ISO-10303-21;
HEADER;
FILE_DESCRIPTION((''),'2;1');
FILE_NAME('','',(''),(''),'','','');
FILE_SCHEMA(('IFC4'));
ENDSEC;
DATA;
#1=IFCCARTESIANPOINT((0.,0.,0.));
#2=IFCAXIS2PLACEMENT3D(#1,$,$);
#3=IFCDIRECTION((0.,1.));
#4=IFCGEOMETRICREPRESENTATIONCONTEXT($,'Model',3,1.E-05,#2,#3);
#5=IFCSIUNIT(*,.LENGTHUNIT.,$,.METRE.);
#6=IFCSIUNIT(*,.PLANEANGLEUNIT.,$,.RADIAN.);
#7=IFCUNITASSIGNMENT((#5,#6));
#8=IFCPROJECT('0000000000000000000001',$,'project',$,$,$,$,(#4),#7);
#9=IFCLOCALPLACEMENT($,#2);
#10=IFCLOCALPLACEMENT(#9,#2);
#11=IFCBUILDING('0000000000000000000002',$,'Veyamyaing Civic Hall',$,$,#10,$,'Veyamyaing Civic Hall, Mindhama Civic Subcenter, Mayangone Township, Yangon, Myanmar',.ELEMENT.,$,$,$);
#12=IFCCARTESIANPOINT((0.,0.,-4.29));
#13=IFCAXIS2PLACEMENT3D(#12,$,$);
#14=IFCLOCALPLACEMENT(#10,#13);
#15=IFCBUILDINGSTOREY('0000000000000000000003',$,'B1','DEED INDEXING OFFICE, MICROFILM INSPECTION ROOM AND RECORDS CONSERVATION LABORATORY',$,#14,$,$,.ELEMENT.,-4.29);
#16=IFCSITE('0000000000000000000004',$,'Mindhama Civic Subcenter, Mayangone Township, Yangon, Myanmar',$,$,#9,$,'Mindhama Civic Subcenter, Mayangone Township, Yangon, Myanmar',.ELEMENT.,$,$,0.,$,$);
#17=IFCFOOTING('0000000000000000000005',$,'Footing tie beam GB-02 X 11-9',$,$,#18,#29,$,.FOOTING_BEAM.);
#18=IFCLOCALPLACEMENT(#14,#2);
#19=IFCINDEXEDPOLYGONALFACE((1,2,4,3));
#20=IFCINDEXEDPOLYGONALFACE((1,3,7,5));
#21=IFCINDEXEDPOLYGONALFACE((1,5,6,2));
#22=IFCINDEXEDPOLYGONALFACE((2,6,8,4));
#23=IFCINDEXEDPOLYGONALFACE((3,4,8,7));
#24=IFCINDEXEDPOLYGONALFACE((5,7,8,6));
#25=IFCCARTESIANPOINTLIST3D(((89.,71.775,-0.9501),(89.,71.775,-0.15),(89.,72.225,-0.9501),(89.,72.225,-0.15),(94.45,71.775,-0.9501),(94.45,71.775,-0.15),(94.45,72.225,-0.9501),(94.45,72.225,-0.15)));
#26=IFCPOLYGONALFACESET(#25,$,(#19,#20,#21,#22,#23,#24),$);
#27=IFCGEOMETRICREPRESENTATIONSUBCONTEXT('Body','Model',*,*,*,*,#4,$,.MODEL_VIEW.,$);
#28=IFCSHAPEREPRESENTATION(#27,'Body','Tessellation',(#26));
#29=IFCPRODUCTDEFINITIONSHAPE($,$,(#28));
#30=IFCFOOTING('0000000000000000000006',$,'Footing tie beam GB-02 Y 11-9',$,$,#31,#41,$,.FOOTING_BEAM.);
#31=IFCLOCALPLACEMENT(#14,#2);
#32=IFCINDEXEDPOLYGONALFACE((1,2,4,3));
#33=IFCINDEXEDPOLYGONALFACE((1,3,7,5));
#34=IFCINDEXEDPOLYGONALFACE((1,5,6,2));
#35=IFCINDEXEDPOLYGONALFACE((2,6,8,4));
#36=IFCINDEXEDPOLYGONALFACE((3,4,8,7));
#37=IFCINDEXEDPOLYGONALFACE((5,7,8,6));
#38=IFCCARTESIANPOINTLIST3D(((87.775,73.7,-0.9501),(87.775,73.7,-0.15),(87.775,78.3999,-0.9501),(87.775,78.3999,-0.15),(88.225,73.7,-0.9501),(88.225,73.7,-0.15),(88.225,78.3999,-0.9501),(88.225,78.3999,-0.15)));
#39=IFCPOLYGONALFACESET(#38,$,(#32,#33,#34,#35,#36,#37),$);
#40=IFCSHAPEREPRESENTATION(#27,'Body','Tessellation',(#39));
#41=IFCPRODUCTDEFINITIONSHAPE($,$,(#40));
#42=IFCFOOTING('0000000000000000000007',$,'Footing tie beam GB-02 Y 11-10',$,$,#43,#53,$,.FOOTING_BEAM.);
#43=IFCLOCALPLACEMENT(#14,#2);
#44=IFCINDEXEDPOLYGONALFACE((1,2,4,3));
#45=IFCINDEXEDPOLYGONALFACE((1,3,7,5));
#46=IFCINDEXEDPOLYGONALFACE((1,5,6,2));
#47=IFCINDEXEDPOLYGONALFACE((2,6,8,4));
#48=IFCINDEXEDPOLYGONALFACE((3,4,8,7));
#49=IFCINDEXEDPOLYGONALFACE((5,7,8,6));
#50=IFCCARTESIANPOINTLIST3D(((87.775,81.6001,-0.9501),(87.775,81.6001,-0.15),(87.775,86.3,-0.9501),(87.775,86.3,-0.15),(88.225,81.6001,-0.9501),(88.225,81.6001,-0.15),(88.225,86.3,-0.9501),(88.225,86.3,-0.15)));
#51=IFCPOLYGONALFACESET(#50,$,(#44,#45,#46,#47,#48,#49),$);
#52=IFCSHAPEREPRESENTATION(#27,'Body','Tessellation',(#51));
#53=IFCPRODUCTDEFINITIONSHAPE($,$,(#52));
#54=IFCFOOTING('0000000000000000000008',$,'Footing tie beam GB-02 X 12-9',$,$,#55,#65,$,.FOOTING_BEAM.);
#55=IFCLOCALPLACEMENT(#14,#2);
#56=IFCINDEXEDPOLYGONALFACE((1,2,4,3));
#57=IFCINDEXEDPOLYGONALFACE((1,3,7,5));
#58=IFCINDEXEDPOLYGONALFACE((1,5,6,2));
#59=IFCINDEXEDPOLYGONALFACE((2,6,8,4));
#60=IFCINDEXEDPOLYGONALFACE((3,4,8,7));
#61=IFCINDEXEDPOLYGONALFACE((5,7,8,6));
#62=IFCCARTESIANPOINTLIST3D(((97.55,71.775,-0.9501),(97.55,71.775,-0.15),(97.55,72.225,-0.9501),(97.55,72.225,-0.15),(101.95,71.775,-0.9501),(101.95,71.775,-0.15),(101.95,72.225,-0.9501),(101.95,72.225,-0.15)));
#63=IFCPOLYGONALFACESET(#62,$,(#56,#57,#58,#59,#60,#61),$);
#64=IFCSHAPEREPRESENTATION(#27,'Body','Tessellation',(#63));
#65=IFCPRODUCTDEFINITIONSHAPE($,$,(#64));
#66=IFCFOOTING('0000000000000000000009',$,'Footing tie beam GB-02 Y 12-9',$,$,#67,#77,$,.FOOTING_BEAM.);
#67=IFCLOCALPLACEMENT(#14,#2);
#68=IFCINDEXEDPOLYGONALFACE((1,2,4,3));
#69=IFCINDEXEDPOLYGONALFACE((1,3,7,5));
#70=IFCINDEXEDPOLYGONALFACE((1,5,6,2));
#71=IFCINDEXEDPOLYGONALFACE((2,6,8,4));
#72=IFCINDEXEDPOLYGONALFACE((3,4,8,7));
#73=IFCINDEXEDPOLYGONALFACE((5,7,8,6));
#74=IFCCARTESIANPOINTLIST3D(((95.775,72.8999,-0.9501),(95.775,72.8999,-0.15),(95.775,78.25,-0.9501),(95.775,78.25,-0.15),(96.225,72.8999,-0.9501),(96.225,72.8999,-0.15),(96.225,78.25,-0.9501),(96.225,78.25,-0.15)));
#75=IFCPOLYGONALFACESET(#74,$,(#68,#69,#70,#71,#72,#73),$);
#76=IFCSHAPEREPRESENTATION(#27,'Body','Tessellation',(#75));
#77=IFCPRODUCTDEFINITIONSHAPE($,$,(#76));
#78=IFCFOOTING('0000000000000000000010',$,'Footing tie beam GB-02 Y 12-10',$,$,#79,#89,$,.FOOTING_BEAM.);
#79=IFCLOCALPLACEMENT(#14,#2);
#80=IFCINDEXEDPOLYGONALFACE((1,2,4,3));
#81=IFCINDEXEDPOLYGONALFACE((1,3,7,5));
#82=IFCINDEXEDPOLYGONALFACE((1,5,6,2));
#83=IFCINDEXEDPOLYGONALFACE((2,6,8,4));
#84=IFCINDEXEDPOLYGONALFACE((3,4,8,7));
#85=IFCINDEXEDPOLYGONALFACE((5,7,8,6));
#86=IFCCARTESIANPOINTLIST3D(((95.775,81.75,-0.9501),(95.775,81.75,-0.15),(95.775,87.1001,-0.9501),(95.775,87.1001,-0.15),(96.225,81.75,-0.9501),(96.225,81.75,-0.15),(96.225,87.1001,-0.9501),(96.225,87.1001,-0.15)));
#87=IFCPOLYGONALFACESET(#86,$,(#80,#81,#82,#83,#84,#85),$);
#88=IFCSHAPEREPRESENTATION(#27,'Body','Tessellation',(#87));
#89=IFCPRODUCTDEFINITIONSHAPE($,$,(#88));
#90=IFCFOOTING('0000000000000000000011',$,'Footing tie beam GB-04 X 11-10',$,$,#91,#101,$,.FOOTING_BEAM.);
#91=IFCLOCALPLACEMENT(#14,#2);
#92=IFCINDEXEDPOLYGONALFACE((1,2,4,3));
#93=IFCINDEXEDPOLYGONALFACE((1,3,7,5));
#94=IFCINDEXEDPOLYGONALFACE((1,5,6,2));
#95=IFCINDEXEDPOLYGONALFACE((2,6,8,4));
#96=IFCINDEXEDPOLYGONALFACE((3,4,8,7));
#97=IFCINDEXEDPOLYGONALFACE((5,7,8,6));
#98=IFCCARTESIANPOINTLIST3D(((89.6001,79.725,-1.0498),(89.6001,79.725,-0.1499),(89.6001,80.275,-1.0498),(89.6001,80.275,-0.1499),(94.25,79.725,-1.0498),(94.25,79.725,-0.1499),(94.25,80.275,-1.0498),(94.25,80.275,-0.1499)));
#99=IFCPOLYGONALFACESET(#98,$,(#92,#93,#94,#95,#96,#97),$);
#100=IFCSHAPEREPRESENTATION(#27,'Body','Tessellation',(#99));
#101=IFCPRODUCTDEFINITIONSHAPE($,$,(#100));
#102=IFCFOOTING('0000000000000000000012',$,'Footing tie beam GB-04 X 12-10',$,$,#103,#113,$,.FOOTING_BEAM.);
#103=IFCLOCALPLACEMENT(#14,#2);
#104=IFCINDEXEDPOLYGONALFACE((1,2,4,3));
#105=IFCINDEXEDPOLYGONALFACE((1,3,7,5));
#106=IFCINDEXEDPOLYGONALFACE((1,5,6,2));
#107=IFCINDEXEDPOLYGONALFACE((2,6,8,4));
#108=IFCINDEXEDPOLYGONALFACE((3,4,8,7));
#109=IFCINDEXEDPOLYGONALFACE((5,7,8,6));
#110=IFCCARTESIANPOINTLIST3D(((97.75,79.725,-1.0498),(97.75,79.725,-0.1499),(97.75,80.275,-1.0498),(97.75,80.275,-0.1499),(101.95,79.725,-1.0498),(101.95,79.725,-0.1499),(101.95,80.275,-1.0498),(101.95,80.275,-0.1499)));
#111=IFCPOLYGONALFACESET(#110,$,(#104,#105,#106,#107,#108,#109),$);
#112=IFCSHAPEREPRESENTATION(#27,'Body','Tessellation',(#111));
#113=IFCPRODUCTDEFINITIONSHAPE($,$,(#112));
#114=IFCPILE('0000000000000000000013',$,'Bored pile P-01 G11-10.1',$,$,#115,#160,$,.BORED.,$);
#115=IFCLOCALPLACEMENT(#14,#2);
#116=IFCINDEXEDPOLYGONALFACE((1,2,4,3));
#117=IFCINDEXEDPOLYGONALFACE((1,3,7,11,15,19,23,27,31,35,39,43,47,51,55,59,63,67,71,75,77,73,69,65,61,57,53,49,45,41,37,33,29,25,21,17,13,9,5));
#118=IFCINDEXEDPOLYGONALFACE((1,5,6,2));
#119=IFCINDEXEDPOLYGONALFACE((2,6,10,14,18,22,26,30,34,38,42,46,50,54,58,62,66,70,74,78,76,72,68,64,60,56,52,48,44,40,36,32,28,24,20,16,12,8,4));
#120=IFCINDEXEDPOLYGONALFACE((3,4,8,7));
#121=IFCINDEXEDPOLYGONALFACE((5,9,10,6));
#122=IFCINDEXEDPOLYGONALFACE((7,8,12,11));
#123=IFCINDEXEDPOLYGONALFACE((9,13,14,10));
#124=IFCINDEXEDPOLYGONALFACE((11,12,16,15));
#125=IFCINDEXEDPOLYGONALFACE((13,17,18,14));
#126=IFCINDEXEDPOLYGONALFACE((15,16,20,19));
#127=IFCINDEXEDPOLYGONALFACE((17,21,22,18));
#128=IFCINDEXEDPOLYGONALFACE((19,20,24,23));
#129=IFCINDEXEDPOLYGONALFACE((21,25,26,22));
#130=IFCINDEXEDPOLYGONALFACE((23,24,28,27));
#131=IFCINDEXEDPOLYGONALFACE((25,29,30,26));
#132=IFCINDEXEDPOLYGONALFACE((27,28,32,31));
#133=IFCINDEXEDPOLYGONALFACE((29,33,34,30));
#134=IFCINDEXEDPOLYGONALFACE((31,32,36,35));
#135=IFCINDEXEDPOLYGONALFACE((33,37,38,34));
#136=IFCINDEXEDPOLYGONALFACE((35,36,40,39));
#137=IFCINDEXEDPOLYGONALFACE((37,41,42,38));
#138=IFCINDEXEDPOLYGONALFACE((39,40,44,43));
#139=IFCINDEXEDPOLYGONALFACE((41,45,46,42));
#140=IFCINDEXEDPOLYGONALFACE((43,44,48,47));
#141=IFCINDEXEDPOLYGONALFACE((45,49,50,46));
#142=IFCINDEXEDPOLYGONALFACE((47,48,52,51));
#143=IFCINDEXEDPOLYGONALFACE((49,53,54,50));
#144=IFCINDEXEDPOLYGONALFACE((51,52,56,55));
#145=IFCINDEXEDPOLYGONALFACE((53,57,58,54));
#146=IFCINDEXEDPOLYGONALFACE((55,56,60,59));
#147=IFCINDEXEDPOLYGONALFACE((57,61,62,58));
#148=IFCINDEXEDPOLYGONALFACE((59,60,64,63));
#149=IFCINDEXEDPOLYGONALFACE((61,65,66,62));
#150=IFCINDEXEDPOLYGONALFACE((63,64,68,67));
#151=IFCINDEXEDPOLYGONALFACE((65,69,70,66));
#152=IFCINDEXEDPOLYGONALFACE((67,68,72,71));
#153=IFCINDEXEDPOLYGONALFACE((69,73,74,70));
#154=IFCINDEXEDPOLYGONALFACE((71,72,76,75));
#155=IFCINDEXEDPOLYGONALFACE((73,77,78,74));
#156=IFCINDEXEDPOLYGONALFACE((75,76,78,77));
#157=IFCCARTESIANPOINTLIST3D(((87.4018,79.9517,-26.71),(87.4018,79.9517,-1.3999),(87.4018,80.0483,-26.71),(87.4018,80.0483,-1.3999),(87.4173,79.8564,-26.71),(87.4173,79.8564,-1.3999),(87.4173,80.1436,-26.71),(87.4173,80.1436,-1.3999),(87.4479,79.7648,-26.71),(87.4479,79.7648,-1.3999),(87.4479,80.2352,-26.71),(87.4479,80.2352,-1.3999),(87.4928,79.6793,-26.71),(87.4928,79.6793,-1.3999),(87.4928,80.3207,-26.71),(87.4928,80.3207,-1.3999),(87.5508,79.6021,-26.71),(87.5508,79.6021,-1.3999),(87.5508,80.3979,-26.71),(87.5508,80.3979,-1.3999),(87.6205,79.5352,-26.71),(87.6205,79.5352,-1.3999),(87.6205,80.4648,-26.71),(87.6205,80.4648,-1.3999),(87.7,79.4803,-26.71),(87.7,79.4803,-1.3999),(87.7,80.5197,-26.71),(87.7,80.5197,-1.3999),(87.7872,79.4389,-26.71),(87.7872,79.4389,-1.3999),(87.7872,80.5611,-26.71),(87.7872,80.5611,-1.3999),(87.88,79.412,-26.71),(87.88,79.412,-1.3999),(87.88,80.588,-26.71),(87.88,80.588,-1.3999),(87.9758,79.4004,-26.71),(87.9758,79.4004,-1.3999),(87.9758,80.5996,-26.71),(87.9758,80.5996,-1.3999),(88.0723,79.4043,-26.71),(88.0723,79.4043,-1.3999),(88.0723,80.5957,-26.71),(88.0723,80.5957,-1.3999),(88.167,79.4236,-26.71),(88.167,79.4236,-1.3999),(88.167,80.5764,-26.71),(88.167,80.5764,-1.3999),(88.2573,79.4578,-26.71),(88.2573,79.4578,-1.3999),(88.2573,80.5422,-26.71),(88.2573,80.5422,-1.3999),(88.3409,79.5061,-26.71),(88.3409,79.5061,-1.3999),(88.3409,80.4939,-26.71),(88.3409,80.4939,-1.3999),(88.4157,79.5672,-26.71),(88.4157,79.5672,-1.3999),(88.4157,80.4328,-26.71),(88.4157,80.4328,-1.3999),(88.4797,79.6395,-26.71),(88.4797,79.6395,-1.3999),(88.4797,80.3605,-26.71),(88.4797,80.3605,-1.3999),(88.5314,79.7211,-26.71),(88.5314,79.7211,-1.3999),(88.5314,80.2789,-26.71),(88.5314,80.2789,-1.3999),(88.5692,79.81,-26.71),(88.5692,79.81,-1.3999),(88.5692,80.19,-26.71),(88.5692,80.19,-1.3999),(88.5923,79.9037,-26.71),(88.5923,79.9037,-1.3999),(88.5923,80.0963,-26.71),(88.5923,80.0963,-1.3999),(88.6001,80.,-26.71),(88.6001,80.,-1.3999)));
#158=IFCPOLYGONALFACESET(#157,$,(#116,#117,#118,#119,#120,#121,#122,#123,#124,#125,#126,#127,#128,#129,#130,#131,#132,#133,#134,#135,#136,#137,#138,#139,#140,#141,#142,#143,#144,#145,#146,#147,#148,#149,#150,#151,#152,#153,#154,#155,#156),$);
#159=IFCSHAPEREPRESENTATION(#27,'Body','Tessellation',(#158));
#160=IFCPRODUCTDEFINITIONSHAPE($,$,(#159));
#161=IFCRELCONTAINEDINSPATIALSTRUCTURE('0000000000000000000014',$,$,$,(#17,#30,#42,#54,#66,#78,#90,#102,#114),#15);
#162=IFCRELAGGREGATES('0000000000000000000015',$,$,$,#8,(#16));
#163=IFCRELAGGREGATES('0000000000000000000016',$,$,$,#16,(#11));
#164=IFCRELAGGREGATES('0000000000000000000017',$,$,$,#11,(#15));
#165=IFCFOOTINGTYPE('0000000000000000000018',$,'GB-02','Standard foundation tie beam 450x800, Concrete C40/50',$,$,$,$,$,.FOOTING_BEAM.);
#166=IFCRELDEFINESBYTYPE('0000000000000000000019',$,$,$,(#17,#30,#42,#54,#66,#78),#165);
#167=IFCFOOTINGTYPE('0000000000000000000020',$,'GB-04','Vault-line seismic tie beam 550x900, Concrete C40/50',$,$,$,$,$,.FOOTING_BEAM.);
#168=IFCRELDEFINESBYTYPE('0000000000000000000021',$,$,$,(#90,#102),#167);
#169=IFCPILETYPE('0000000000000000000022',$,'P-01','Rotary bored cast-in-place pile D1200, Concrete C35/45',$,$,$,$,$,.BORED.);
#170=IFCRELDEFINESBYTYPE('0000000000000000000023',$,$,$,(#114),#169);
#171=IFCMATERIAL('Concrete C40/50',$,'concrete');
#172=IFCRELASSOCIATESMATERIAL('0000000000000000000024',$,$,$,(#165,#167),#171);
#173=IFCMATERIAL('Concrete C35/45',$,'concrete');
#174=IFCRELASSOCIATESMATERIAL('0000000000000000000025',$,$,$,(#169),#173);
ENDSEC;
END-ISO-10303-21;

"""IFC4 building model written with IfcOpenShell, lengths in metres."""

from ifc_helpers import new_model, si_unit, direction, frame, origin, origin_2d, place, context, subcontext, project, spatial, rectangle, circle, extrude, material, material_profile, profile_set, type_object, element, save


model = new_model("IFC4")

# Units and contexts
model_context = context("Model", 3, precision=1e-05, world=origin(), true_north=direction((0.0, 1.0)))
body_context = subcontext(model_context, "Body", "Model", "MODEL_VIEW")
ifc_project = project(units=[si_unit("LENGTHUNIT", "METRE"), si_unit("PLANEANGLEUNIT", "RADIAN")], contexts=[model_context])

# Site, building, storey
site_placement = place(None, origin())
site = spatial("IfcSite", under=ifc_project, at=site_placement, Name="Mindhama Civic Subcenter, Mayangone Township, Yangon, Myanmar", LongName="Mindhama Civic Subcenter, Mayangone Township, Yangon, Myanmar", CompositionType="ELEMENT", RefElevation=0.0)
building_placement = place(site_placement, origin())
building = spatial("IfcBuilding", under=site, at=building_placement, Name="Veyamyaing Civic Hall", LongName="Veyamyaing Civic Hall, Mindhama Civic Subcenter, Mayangone Township, Yangon, Myanmar", CompositionType="ELEMENT")
storey_placement = place(building_placement, frame((0.0, 0.0, -4.29)))
storey = spatial("IfcBuildingStorey", under=building, at=storey_placement, Name="B1", Description="DEED INDEXING OFFICE, MICROFILM INSPECTION ROOM AND RECORDS CONSERVATION LABORATORY", CompositionType="ELEMENT", Elevation=-4.29)

# Footings
ifc_material_1 = material(Name="Concrete C40/50", Category="concrete")
ifc_material_profile_1 = material_profile(ifc_material_1, rectangle(XDim=0.45, YDim=0.8, at=origin_2d()), Name="GB-450X800")
ifc_profile_set_1 = profile_set([ifc_material_profile_1], Name="Concrete C40/50")
footing_type_1 = type_object("IfcFootingType", Name="GB-02", Description="Standard foundation tie beam 450x800, Concrete C40/50", PredefinedType="FOOTING_BEAM", material=ifc_profile_set_1)
footing_1_placement = place(storey_placement, frame((89.0, 72.0, -0.55), z_axis=(1.0, 0.0, 0.0), x_axis=(0.0, 1.0, 0.0)))
element("IfcFooting", 1, at=footing_1_placement, inside=storey, type_object=footing_type_1, Name="Footing tie beam GB-02 X 11-9", PredefinedType="FOOTING_BEAM", context=body_context, shape_type="SweptSolid", body=[
    extrude(rectangle(XDim=0.45, YDim=0.8, at=origin_2d()), origin(), (0.0, 0.0, 1.0), 5.45),
])
for number, where, z_axis, x_axis, name in (
    (2, (88.0, 73.7, -0.55), (0.0, 1.0, 0.0), (-1.0, 0.0, 0.0), "Footing tie beam GB-02 Y 11-9"),
    (3, (88.0, 81.6001, -0.55), (0.0, 1.0, 0.0), (-1.0, 0.0, 0.0), "Footing tie beam GB-02 Y 11-10"),
):
    element("IfcFooting", number, at=place(storey_placement, frame(where, z_axis=z_axis, x_axis=x_axis)), inside=storey, type_object=footing_type_1, Name=name, PredefinedType="FOOTING_BEAM", context=body_context, shape_type="SweptSolid", body=[
        extrude(rectangle(XDim=0.45, YDim=0.8, at=origin_2d()), origin(), (0.0, 0.0, 1.0), 4.7),
    ])
footing_2_placement = place(storey_placement, frame((97.55, 72.0, -0.55), z_axis=(1.0, 0.0, 0.0), x_axis=(0.0, 1.0, 0.0)))
element("IfcFooting", 4, at=footing_2_placement, inside=storey, type_object=footing_type_1, Name="Footing tie beam GB-02 X 12-9", PredefinedType="FOOTING_BEAM", context=body_context, shape_type="SweptSolid", body=[
    extrude(rectangle(XDim=0.45, YDim=0.8, at=origin_2d()), origin(), (0.0, 0.0, 1.0), 4.3999),
])
for number, where, z_axis, x_axis, name in (
    (5, (96.0, 72.8999, -0.55), (0.0, 1.0, 0.0), (-1.0, 0.0, 0.0), "Footing tie beam GB-02 Y 12-9"),
    (6, (96.0, 81.75, -0.55), (0.0, 1.0, 0.0), (-1.0, 0.0, 0.0), "Footing tie beam GB-02 Y 12-10"),
):
    element("IfcFooting", number, at=place(storey_placement, frame(where, z_axis=z_axis, x_axis=x_axis)), inside=storey, type_object=footing_type_1, Name=name, PredefinedType="FOOTING_BEAM", context=body_context, shape_type="SweptSolid", body=[
        extrude(rectangle(XDim=0.45, YDim=0.8, at=origin_2d()), origin(), (0.0, 0.0, 1.0), 5.3501),
    ])
ifc_material_profile_2 = material_profile(ifc_material_1, rectangle(XDim=0.55, YDim=0.8999, at=origin_2d()), Name="GB-550X900")
ifc_profile_set_2 = profile_set([ifc_material_profile_2], Name="Concrete C40/50")
footing_type_2 = type_object("IfcFootingType", Name="GB-04", Description="Vault-line seismic tie beam 550x900, Concrete C40/50", PredefinedType="FOOTING_BEAM", material=ifc_profile_set_2)
footing_3_placement = place(storey_placement, frame((89.6001, 80.0, -0.5999), z_axis=(1.0, 0.0, 0.0), x_axis=(0.0, 1.0, 0.0)))
element("IfcFooting", 7, at=footing_3_placement, inside=storey, type_object=footing_type_2, Name="Footing tie beam GB-04 X 11-10", PredefinedType="FOOTING_BEAM", context=body_context, shape_type="SweptSolid", body=[
    extrude(rectangle(XDim=0.55, YDim=0.8999, at=origin_2d()), origin(), (0.0, 0.0, 1.0), 4.6499),
])
footing_4_placement = place(storey_placement, frame((97.75, 80.0, -0.5999), z_axis=(1.0, 0.0, 0.0), x_axis=(0.0, 1.0, 0.0)))
element("IfcFooting", 8, at=footing_4_placement, inside=storey, type_object=footing_type_2, Name="Footing tie beam GB-04 X 12-10", PredefinedType="FOOTING_BEAM", context=body_context, shape_type="SweptSolid", body=[
    extrude(rectangle(XDim=0.55, YDim=0.8999, at=origin_2d()), origin(), (0.0, 0.0, 1.0), 4.2),
])

# Pile
ifc_material_2 = material(Name="Concrete C35/45", Category="concrete")
ifc_material_profile_3 = material_profile(ifc_material_2, circle(Radius=0.6001, at=origin_2d()), Name="PILE-D1200")
ifc_profile_set_3 = profile_set([ifc_material_profile_3], Name="Concrete C35/45")
pile_type_1 = type_object("IfcPileType", Name="P-01", Description="Rotary bored cast-in-place pile D1200, Concrete C35/45", PredefinedType="BORED", material=ifc_profile_set_3)
pile_1_placement = place(storey_placement, frame((88.0, 80.0, -1.3999), z_axis=(0.0, 0.0, -1.0), x_axis=(1.0, 0.0, 0.0)))
element("IfcPile", 9, at=pile_1_placement, inside=storey, type_object=pile_type_1, Name="Bored pile P-01 G11-10.1", PredefinedType="BORED", context=body_context, shape_type="SweptSolid", body=[
    extrude(circle(Radius=0.6001, at=origin_2d()), origin(), (0.0, 0.0, 1.0), 25.3101),
])

save(model, "model.ifc")
